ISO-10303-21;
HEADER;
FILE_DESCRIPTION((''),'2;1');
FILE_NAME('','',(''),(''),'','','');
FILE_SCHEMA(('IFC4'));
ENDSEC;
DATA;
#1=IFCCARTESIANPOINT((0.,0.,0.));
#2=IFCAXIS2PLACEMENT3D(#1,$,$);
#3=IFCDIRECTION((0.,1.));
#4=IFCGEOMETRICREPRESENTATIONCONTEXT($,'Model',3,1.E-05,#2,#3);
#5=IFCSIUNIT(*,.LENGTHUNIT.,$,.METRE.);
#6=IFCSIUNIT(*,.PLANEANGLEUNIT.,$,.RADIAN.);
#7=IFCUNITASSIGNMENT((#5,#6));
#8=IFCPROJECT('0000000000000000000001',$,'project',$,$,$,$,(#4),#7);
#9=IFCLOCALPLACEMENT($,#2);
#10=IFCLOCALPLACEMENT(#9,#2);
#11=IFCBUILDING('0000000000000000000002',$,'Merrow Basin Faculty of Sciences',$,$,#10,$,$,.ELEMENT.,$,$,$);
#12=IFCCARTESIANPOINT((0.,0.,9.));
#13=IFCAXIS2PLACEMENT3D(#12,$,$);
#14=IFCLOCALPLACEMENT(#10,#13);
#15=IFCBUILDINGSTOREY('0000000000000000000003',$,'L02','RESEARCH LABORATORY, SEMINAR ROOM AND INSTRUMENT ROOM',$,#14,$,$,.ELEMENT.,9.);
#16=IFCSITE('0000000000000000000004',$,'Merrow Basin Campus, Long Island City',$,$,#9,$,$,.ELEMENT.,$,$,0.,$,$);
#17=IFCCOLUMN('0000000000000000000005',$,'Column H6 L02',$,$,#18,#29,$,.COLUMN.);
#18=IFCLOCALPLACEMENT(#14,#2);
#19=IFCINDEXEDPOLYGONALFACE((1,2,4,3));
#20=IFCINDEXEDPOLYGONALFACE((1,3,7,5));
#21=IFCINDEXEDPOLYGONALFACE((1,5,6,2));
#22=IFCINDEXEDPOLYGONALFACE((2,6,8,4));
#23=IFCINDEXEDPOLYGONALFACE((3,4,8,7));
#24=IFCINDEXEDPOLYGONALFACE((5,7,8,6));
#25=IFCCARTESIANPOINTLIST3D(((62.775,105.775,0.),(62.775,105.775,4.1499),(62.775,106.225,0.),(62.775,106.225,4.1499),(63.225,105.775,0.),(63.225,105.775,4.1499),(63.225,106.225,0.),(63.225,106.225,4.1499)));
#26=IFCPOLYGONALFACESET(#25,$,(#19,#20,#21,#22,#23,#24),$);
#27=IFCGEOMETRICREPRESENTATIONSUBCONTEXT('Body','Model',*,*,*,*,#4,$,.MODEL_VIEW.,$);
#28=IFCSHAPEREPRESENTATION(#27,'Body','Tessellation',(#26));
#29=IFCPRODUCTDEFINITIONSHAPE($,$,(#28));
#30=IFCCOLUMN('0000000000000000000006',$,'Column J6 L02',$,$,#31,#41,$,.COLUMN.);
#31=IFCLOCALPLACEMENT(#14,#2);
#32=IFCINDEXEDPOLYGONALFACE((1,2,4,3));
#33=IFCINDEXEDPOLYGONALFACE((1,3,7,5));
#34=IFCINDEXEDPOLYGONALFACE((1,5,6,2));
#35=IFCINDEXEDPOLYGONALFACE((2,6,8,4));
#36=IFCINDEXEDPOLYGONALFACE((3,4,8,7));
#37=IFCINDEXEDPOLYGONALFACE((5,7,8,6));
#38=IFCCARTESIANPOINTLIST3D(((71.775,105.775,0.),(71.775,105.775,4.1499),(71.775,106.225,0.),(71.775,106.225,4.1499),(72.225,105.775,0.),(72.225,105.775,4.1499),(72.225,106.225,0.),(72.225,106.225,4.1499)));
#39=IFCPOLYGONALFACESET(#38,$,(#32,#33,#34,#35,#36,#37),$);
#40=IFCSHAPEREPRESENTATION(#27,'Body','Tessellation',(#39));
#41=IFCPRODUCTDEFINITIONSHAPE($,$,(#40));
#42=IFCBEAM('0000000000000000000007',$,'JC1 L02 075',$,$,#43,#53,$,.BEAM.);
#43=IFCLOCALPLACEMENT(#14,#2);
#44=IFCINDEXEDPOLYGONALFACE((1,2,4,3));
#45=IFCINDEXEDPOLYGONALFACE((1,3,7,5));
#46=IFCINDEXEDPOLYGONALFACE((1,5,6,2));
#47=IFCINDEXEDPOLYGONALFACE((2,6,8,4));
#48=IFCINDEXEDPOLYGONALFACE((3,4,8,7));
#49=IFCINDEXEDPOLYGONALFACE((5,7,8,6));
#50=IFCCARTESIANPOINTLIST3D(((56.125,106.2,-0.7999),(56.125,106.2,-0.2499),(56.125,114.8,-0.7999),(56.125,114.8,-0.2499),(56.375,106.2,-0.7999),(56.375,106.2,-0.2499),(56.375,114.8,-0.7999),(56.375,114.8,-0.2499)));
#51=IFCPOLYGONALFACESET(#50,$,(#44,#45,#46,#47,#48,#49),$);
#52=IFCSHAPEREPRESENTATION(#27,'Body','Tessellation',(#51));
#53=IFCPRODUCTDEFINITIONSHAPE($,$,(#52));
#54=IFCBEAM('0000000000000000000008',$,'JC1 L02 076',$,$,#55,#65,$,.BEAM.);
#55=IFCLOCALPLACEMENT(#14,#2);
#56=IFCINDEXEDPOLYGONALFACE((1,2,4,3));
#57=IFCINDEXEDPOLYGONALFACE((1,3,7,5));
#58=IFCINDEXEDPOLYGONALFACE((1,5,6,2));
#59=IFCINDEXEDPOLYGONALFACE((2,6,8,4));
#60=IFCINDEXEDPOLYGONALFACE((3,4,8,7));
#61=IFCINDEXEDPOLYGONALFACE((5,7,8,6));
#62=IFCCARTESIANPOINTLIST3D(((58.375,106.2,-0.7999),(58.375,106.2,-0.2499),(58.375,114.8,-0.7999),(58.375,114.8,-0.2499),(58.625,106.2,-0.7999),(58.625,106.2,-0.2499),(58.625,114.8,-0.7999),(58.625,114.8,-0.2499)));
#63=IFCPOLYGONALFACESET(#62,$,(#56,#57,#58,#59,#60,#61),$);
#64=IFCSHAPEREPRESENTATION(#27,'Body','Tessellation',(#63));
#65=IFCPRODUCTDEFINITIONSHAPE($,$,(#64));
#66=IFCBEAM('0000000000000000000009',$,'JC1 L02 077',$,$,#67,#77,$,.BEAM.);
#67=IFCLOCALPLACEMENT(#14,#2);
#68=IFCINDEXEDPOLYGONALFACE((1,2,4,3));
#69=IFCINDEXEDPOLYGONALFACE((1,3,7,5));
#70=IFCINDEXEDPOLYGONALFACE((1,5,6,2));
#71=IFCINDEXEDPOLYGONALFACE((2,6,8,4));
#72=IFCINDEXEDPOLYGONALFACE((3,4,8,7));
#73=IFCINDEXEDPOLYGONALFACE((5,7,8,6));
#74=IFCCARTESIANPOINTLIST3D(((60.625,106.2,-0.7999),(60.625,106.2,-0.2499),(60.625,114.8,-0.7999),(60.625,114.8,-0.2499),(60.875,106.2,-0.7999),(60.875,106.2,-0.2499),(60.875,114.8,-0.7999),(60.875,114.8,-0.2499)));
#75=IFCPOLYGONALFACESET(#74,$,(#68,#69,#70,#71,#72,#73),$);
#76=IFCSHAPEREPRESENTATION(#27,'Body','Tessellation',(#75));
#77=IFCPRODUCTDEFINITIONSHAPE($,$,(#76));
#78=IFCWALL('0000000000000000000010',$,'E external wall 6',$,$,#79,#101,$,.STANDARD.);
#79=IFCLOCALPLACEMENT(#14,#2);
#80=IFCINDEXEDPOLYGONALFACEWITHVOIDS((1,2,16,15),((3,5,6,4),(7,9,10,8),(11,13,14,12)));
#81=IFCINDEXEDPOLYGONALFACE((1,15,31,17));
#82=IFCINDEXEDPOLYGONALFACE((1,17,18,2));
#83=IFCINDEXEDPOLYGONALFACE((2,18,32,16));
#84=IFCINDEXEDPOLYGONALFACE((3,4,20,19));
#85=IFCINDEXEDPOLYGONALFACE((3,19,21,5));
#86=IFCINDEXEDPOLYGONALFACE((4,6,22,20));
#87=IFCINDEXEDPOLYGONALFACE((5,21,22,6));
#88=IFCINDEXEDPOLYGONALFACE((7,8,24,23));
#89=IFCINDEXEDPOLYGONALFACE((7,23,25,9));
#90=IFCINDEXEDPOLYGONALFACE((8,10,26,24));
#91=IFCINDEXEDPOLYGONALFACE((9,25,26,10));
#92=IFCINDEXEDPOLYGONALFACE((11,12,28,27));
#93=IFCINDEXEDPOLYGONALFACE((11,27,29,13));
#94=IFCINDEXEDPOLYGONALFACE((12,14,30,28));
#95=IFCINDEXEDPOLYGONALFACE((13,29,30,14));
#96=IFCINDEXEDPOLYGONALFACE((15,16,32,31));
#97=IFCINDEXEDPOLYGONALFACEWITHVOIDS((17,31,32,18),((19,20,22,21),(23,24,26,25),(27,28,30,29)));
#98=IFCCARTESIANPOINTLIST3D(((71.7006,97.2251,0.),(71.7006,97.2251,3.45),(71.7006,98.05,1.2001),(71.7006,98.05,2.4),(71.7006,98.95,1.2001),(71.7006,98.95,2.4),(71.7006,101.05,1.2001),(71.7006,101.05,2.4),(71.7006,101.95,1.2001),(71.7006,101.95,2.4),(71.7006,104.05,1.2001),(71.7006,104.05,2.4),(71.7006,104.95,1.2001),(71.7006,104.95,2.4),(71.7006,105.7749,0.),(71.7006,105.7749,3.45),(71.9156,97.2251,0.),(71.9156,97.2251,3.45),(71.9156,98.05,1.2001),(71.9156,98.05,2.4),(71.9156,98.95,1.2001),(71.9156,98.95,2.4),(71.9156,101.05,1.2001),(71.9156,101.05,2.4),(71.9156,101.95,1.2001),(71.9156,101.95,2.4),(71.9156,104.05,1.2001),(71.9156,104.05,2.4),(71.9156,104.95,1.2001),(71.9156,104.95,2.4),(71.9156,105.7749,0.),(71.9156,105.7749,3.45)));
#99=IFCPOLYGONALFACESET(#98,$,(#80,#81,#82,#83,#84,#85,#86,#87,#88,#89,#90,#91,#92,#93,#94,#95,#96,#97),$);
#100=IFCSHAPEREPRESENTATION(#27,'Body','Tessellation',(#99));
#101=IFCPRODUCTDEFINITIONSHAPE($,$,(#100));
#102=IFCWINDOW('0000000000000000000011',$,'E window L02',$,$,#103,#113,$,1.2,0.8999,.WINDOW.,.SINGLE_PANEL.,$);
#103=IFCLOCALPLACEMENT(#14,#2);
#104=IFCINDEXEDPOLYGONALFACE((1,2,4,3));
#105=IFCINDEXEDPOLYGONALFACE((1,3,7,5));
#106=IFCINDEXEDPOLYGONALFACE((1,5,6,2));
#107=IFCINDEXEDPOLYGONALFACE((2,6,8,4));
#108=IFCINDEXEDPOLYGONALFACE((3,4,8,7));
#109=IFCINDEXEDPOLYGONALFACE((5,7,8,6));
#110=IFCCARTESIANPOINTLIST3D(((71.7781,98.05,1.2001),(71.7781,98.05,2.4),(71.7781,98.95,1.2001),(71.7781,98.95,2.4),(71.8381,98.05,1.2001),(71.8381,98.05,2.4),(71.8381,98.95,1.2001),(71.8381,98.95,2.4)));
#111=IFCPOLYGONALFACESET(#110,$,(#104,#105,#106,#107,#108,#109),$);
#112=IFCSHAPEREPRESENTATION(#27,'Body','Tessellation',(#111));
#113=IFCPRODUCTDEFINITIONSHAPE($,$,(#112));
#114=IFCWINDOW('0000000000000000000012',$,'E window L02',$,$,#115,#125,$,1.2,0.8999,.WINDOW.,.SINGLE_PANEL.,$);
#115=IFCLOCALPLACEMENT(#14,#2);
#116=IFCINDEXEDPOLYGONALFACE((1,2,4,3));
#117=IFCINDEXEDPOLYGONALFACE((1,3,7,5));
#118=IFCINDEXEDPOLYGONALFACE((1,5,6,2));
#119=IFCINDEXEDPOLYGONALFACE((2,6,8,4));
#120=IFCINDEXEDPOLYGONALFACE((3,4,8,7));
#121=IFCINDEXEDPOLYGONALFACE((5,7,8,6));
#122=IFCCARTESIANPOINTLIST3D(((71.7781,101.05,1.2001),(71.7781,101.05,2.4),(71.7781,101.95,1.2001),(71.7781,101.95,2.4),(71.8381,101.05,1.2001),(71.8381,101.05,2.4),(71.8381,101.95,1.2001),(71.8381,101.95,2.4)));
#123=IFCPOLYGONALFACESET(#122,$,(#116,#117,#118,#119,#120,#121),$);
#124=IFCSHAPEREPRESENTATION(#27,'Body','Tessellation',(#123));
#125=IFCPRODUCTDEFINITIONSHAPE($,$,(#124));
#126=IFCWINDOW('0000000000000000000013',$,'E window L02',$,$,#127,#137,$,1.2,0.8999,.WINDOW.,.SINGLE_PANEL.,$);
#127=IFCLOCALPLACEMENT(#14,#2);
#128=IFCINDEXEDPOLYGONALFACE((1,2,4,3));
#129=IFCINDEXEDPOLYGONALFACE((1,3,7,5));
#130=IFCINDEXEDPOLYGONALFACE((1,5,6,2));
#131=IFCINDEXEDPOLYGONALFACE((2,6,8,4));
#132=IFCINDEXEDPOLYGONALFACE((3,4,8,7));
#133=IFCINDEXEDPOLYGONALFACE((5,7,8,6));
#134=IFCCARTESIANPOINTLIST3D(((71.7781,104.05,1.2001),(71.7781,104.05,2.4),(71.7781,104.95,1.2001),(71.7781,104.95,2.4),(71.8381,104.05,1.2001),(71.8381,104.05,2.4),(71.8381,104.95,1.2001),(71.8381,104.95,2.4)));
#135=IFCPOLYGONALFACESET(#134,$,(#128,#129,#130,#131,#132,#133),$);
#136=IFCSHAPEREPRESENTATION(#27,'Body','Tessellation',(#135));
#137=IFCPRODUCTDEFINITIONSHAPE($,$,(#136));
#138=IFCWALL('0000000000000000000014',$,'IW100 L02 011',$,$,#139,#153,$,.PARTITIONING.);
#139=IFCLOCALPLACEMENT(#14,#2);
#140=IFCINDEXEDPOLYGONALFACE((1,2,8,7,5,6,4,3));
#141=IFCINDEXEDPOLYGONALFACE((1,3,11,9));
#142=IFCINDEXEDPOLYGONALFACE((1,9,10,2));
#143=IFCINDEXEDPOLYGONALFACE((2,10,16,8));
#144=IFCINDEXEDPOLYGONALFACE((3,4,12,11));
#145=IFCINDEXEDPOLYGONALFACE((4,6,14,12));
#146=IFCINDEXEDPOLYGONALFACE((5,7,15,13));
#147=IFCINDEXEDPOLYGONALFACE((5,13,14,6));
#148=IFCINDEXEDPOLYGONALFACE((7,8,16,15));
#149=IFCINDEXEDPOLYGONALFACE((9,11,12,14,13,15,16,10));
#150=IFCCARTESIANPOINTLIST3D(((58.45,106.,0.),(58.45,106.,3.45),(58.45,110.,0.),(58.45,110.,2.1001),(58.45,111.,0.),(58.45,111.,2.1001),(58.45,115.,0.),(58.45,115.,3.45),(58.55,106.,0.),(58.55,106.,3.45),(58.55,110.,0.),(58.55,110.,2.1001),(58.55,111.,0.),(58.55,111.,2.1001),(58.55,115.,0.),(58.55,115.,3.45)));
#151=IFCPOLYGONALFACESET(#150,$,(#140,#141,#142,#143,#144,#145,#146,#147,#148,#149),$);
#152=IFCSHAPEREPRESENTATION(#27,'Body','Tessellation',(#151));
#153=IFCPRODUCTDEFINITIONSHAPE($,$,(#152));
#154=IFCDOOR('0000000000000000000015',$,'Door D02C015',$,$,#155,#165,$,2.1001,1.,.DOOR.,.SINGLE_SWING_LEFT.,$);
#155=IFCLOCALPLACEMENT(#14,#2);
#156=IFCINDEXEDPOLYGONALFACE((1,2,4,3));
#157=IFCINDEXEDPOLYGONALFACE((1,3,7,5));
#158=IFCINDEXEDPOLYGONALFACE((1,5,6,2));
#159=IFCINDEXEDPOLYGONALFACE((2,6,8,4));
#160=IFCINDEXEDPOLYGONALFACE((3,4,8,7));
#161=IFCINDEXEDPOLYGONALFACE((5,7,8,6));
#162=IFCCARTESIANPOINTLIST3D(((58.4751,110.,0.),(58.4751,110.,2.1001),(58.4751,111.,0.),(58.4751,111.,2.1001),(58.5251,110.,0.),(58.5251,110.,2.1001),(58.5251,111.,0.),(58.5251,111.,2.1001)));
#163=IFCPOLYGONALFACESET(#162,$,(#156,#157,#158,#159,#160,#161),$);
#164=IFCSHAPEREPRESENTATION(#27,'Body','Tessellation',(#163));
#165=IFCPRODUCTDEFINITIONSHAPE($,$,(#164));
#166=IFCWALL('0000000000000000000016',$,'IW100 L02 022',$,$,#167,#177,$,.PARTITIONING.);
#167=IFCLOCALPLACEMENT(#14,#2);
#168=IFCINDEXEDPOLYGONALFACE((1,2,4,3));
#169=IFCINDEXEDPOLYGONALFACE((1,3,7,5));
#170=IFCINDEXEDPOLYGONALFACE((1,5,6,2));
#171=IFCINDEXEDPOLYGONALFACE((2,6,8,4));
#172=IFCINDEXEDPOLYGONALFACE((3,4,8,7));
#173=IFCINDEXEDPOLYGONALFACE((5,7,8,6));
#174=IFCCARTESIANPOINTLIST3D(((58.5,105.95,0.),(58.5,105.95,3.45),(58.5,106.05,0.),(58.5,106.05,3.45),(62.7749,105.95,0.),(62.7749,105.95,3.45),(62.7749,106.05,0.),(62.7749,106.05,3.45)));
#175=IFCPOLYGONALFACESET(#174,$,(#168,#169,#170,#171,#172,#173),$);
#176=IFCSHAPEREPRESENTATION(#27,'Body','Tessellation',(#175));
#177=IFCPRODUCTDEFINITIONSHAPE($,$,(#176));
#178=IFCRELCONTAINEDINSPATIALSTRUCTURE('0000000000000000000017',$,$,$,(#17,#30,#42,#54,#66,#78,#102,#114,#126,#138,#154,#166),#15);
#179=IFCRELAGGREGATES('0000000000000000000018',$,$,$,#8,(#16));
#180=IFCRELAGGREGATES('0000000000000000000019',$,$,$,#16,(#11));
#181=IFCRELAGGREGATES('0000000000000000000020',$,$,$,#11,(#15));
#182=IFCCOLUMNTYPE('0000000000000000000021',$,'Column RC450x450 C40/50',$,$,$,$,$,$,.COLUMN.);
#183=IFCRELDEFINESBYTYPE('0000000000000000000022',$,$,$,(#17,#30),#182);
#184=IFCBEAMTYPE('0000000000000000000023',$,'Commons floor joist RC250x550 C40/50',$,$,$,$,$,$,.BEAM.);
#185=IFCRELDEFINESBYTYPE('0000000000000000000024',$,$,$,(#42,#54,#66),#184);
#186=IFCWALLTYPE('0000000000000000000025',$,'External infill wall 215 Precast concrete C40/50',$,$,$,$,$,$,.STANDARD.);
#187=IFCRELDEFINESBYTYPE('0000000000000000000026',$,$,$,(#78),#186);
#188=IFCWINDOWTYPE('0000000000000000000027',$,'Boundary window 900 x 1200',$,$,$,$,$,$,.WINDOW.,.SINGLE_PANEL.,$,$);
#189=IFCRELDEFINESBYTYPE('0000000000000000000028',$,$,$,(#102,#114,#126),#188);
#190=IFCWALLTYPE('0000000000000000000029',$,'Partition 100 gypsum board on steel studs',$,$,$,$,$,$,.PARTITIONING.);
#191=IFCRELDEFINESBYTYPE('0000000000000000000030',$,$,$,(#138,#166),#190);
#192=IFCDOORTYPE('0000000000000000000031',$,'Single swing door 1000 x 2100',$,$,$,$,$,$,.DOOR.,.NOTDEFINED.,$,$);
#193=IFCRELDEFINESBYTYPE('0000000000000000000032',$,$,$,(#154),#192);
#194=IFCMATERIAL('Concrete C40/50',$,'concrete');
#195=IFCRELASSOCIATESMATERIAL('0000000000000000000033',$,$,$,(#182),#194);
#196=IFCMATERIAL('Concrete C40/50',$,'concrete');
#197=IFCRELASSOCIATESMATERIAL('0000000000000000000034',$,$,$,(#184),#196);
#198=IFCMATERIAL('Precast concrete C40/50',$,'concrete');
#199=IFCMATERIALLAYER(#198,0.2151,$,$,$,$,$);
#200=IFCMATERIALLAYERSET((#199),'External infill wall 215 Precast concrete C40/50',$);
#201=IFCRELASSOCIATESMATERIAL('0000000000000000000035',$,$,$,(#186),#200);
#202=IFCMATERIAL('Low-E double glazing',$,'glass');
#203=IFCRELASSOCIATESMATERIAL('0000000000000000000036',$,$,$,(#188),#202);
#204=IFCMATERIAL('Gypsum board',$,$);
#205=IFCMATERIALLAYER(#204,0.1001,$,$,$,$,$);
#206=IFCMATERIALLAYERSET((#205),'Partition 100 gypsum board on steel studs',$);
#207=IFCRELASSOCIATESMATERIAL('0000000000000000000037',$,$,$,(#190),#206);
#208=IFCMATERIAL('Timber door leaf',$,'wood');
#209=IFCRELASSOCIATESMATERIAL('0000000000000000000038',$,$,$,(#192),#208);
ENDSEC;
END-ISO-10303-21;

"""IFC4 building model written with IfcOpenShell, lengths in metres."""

from ifc_helpers import new_model, si_unit, direction, frame, frame_2d, origin, origin_2d, place, context, subcontext, project, spatial, rectangle, extrude, material, layer, layer_set, material_profile, profile_set, type_object, element, fill, save


model = new_model("IFC4")

# Units and contexts
model_context = context("Model", 3, precision=1e-05, world=origin(), true_north=direction((0.0, 1.0)))
body_context = subcontext(model_context, "Body", "Model", "MODEL_VIEW")
ifc_project = project(units=[si_unit("LENGTHUNIT", "METRE"), si_unit("PLANEANGLEUNIT", "RADIAN")], contexts=[model_context])

# Site, building, storey
site_placement = place(None, origin())
site = spatial("IfcSite", under=ifc_project, at=site_placement, Name="Merrow Basin Campus, Long Island City", CompositionType="ELEMENT", RefElevation=0.0)
building_placement = place(site_placement, origin())
building = spatial("IfcBuilding", under=site, at=building_placement, Name="Merrow Basin Faculty of Sciences", CompositionType="ELEMENT")
storey_placement = place(building_placement, frame((0.0, 0.0, 9.0)))
storey = spatial("IfcBuildingStorey", under=building, at=storey_placement, Name="L02", Description="RESEARCH LABORATORY, SEMINAR ROOM AND INSTRUMENT ROOM", CompositionType="ELEMENT", Elevation=9.0)

# Columns
ifc_material_1 = material(Name="Concrete C40/50", Category="concrete")
ifc_material_profile_1 = material_profile(ifc_material_1, rectangle(XDim=0.45, YDim=0.45, at=origin_2d()))
ifc_profile_set_1 = profile_set([ifc_material_profile_1], Name="Concrete C40/50")
column_type = type_object("IfcColumnType", Name="Column RC450x450 C40/50", PredefinedType="COLUMN", material=ifc_profile_set_1)
for number, where, z_axis, x_axis, name in (
    (1, (63.0, 106.0, 0.0), (0.0, 0.0, 1.0), (1.0, 0.0, 0.0), "Column H6 L02"),
    (2, (72.0, 106.0, 0.0), (0.0, 0.0, 1.0), (1.0, 0.0, 0.0), "Column J6 L02"),
):
    element("IfcColumn", number, at=place(storey_placement, frame(where, z_axis=z_axis, x_axis=x_axis)), inside=storey, type_object=column_type, Name=name, PredefinedType="COLUMN", context=body_context, shape_type="SweptSolid", body=[
        extrude(rectangle(XDim=0.45, YDim=0.45, at=origin_2d()), origin(), (0.0, 0.0, 1.0), 4.1499),
    ])

# Beams
ifc_material_2 = material(Name="Concrete C40/50", Category="concrete")
ifc_material_profile_2 = material_profile(ifc_material_2, rectangle(XDim=0.25, YDim=0.55, at=origin_2d()))
ifc_profile_set_2 = profile_set([ifc_material_profile_2], Name="Concrete C40/50")
beam_type = type_object("IfcBeamType", Name="Commons floor joist RC250x550 C40/50", PredefinedType="BEAM", material=ifc_profile_set_2)
for number, where, z_axis, x_axis, name in (
    (3, (56.25, 106.2, -0.5249), (0.0, 1.0, 0.0), (-1.0, 0.0, 0.0), "JC1 L02 075"),
    (4, (58.5, 106.2, -0.5249), (0.0, 1.0, 0.0), (-1.0, 0.0, 0.0), "JC1 L02 076"),
    (5, (60.75, 106.2, -0.5249), (0.0, 1.0, 0.0), (-1.0, 0.0, 0.0), "JC1 L02 077"),
):
    element("IfcBeam", number, at=place(storey_placement, frame(where, z_axis=z_axis, x_axis=x_axis)), inside=storey, type_object=beam_type, Name=name, PredefinedType="BEAM", context=body_context, shape_type="SweptSolid", body=[
        extrude(rectangle(XDim=0.25, YDim=0.55, at=origin_2d()), origin(), (0.0, 0.0, 1.0), 8.6001),
    ])

# Wall, openings, windows
ifc_material_3 = material(Name="Precast concrete C40/50", Category="concrete")
ifc_layer_1 = layer(ifc_material_3, 0.2151)
ifc_layer_set_1 = layer_set([ifc_layer_1], Name="External infill wall 215 Precast concrete C40/50")
wall_type_1 = type_object("IfcWallType", Name="External infill wall 215 Precast concrete C40/50", PredefinedType="STANDARD", material=ifc_layer_set_1)
wall_1_placement = place(storey_placement, frame((71.8081, 105.7749, 0.0), z_axis=(0.0, 0.0, 1.0), x_axis=(0.0, -1.0, 0.0)))
wall_1 = element("IfcWall", 6, at=wall_1_placement, inside=storey, type_object=wall_type_1, Name="E external wall 6", PredefinedType="STANDARD", context=body_context, shape_type="SweptSolid", body=[
    extrude(rectangle(XDim=8.5498, YDim=0.2151, at=frame_2d((4.2749, 0.0))), origin(), (0.0, 0.0, 1.0), 3.45),
])
opening_1_placement = place(wall_1_placement, frame((6.825, 0.0, 1.2)))
opening_1 = element("IfcOpeningElement", 7, at=opening_1_placement, cuts=wall_1, PredefinedType="OPENING", context=body_context, shape_type="SweptSolid", body=[
    extrude(rectangle(XDim=0.8999, YDim=1.2, at=frame_2d((0.45, 0.6001))), frame((0.0, 0.1174, 0.0), z_axis=(0.0, -1.0, 0.0), x_axis=(1.0, 0.0, 0.0)), (0.0, 0.0, 1.0), 0.2351),
])
opening_2_placement = place(wall_1_placement, frame((3.825, 0.0, 1.2)))
opening_2 = element("IfcOpeningElement", 8, at=opening_2_placement, cuts=wall_1, PredefinedType="OPENING", context=body_context, shape_type="SweptSolid", body=[
    extrude(rectangle(XDim=0.8999, YDim=1.2, at=frame_2d((0.45, 0.6001))), frame((0.0, 0.1174, 0.0), z_axis=(0.0, -1.0, 0.0), x_axis=(1.0, 0.0, 0.0)), (0.0, 0.0, 1.0), 0.2351),
])
opening_3_placement = place(wall_1_placement, frame((0.825, 0.0, 1.2)))
opening_3 = element("IfcOpeningElement", 9, at=opening_3_placement, cuts=wall_1, PredefinedType="OPENING", context=body_context, shape_type="SweptSolid", body=[
    extrude(rectangle(XDim=0.8999, YDim=1.2, at=frame_2d((0.45, 0.6001))), frame((0.0, 0.1174, 0.0), z_axis=(0.0, -1.0, 0.0), x_axis=(1.0, 0.0, 0.0)), (0.0, 0.0, 1.0), 0.2351),
])
ifc_material_4 = material(Name="Low-E double glazing", Category="glass")
window_type = type_object("IfcWindowType", Name="Boundary window 900 x 1200", PartitioningType="SINGLE_PANEL", PredefinedType="WINDOW", material=ifc_material_4)
window_1_placement = place(opening_1_placement, origin())
window_1 = element("IfcWindow", 10, at=window_1_placement, inside=storey, type_object=window_type, Name="E window L02", OverallHeight=1.2, OverallWidth=0.8999, PartitioningType="SINGLE_PANEL", PredefinedType="WINDOW", context=body_context, shape_type="SweptSolid", body=[
    extrude(rectangle(XDim=0.8999, YDim=1.2, at=frame_2d((0.45, 0.6001))), frame((0.0, 0.03, 0.0), z_axis=(0.0, -1.0, 0.0), x_axis=(1.0, 0.0, 0.0)), (0.0, 0.0, 1.0), 0.0601),
])
fill(opening_1, window_1)
window_2_placement = place(opening_2_placement, origin())
window_2 = element("IfcWindow", 11, at=window_2_placement, inside=storey, type_object=window_type, Name="E window L02", OverallHeight=1.2, OverallWidth=0.8999, PartitioningType="SINGLE_PANEL", PredefinedType="WINDOW", context=body_context, shape_type="SweptSolid", body=[
    extrude(rectangle(XDim=0.8999, YDim=1.2, at=frame_2d((0.45, 0.6001))), frame((0.0, 0.03, 0.0), z_axis=(0.0, -1.0, 0.0), x_axis=(1.0, 0.0, 0.0)), (0.0, 0.0, 1.0), 0.0601),
])
fill(opening_2, window_2)
window_3_placement = place(opening_3_placement, origin())
window_3 = element("IfcWindow", 12, at=window_3_placement, inside=storey, type_object=window_type, Name="E window L02", OverallHeight=1.2, OverallWidth=0.8999, PartitioningType="SINGLE_PANEL", PredefinedType="WINDOW", context=body_context, shape_type="SweptSolid", body=[
    extrude(rectangle(XDim=0.8999, YDim=1.2, at=frame_2d((0.45, 0.6001))), frame((0.0, 0.03, 0.0), z_axis=(0.0, -1.0, 0.0), x_axis=(1.0, 0.0, 0.0)), (0.0, 0.0, 1.0), 0.0601),
])
fill(opening_3, window_3)

# Wall, opening, door
ifc_material_5 = material(Name="Gypsum board")
ifc_layer_2 = layer(ifc_material_5, 0.1001)
ifc_layer_set_2 = layer_set([ifc_layer_2], Name="Partition 100 gypsum board on steel studs")
wall_type_2 = type_object("IfcWallType", Name="Partition 100 gypsum board on steel studs", PredefinedType="PARTITIONING", material=ifc_layer_set_2)
wall_2_placement = place(storey_placement, frame((58.5, 106.0, 0.0), z_axis=(0.0, 0.0, 1.0), x_axis=(0.0, 1.0, 0.0)))
wall_2 = element("IfcWall", 13, at=wall_2_placement, inside=storey, type_object=wall_type_2, Name="IW100 L02 011", PredefinedType="PARTITIONING", context=body_context, shape_type="SweptSolid", body=[
    extrude(rectangle(XDim=9.0, YDim=0.1001, at=frame_2d((4.5, 0.0))), origin(), (0.0, 0.0, 1.0), 3.45),
])
opening_4_placement = place(wall_2_placement, frame((4.0, 0.0, 0.0)))
opening_4 = element("IfcOpeningElement", 14, at=opening_4_placement, cuts=wall_2, PredefinedType="OPENING", context=body_context, shape_type="SweptSolid", body=[
    extrude(rectangle(XDim=1.0, YDim=2.1001, at=frame_2d((0.5, 1.05))), frame((0.0, 0.0601, 0.0), z_axis=(0.0, -1.0, 0.0), x_axis=(1.0, 0.0, 0.0)), (0.0, 0.0, 1.0), 0.1201),
])
ifc_material_6 = material(Name="Timber door leaf", Category="wood")
door_type_1 = type_object("IfcDoorType", Name="Single swing door 1000 x 2100", OperationType="NOTDEFINED", PredefinedType="DOOR", material=ifc_material_6)
door_1_placement = place(opening_4_placement, origin())
door_1 = element("IfcDoor", 15, at=door_1_placement, inside=storey, type_object=door_type_1, Name="Door D02C015", OperationType="SINGLE_SWING_LEFT", OverallHeight=2.1001, OverallWidth=1.0, PredefinedType="DOOR", context=body_context, shape_type="SweptSolid", body=[
    extrude(rectangle(XDim=1.0, YDim=2.1001, at=frame_2d((0.5, 1.05))), frame((0.0, 0.0249, 0.0), z_axis=(0.0, -1.0, 0.0), x_axis=(1.0, 0.0, 0.0)), (0.0, 0.0, 1.0), 0.05),
])
fill(opening_4, door_1)

# Wall
wall_3_placement = place(storey_placement, frame((58.5, 106.0, 0.0), z_axis=(0.0, 0.0, 1.0), x_axis=(1.0, 0.0, 0.0)))
element("IfcWall", 16, at=wall_3_placement, inside=storey, type_object=wall_type_2, Name="IW100 L02 022", PredefinedType="PARTITIONING", context=body_context, shape_type="SweptSolid", body=[
    extrude(rectangle(XDim=4.2749, YDim=0.1001, at=frame_2d((2.1375, 0.0))), origin(), (0.0, 0.0, 1.0), 3.45),
])

save(model, "model.ifc")
